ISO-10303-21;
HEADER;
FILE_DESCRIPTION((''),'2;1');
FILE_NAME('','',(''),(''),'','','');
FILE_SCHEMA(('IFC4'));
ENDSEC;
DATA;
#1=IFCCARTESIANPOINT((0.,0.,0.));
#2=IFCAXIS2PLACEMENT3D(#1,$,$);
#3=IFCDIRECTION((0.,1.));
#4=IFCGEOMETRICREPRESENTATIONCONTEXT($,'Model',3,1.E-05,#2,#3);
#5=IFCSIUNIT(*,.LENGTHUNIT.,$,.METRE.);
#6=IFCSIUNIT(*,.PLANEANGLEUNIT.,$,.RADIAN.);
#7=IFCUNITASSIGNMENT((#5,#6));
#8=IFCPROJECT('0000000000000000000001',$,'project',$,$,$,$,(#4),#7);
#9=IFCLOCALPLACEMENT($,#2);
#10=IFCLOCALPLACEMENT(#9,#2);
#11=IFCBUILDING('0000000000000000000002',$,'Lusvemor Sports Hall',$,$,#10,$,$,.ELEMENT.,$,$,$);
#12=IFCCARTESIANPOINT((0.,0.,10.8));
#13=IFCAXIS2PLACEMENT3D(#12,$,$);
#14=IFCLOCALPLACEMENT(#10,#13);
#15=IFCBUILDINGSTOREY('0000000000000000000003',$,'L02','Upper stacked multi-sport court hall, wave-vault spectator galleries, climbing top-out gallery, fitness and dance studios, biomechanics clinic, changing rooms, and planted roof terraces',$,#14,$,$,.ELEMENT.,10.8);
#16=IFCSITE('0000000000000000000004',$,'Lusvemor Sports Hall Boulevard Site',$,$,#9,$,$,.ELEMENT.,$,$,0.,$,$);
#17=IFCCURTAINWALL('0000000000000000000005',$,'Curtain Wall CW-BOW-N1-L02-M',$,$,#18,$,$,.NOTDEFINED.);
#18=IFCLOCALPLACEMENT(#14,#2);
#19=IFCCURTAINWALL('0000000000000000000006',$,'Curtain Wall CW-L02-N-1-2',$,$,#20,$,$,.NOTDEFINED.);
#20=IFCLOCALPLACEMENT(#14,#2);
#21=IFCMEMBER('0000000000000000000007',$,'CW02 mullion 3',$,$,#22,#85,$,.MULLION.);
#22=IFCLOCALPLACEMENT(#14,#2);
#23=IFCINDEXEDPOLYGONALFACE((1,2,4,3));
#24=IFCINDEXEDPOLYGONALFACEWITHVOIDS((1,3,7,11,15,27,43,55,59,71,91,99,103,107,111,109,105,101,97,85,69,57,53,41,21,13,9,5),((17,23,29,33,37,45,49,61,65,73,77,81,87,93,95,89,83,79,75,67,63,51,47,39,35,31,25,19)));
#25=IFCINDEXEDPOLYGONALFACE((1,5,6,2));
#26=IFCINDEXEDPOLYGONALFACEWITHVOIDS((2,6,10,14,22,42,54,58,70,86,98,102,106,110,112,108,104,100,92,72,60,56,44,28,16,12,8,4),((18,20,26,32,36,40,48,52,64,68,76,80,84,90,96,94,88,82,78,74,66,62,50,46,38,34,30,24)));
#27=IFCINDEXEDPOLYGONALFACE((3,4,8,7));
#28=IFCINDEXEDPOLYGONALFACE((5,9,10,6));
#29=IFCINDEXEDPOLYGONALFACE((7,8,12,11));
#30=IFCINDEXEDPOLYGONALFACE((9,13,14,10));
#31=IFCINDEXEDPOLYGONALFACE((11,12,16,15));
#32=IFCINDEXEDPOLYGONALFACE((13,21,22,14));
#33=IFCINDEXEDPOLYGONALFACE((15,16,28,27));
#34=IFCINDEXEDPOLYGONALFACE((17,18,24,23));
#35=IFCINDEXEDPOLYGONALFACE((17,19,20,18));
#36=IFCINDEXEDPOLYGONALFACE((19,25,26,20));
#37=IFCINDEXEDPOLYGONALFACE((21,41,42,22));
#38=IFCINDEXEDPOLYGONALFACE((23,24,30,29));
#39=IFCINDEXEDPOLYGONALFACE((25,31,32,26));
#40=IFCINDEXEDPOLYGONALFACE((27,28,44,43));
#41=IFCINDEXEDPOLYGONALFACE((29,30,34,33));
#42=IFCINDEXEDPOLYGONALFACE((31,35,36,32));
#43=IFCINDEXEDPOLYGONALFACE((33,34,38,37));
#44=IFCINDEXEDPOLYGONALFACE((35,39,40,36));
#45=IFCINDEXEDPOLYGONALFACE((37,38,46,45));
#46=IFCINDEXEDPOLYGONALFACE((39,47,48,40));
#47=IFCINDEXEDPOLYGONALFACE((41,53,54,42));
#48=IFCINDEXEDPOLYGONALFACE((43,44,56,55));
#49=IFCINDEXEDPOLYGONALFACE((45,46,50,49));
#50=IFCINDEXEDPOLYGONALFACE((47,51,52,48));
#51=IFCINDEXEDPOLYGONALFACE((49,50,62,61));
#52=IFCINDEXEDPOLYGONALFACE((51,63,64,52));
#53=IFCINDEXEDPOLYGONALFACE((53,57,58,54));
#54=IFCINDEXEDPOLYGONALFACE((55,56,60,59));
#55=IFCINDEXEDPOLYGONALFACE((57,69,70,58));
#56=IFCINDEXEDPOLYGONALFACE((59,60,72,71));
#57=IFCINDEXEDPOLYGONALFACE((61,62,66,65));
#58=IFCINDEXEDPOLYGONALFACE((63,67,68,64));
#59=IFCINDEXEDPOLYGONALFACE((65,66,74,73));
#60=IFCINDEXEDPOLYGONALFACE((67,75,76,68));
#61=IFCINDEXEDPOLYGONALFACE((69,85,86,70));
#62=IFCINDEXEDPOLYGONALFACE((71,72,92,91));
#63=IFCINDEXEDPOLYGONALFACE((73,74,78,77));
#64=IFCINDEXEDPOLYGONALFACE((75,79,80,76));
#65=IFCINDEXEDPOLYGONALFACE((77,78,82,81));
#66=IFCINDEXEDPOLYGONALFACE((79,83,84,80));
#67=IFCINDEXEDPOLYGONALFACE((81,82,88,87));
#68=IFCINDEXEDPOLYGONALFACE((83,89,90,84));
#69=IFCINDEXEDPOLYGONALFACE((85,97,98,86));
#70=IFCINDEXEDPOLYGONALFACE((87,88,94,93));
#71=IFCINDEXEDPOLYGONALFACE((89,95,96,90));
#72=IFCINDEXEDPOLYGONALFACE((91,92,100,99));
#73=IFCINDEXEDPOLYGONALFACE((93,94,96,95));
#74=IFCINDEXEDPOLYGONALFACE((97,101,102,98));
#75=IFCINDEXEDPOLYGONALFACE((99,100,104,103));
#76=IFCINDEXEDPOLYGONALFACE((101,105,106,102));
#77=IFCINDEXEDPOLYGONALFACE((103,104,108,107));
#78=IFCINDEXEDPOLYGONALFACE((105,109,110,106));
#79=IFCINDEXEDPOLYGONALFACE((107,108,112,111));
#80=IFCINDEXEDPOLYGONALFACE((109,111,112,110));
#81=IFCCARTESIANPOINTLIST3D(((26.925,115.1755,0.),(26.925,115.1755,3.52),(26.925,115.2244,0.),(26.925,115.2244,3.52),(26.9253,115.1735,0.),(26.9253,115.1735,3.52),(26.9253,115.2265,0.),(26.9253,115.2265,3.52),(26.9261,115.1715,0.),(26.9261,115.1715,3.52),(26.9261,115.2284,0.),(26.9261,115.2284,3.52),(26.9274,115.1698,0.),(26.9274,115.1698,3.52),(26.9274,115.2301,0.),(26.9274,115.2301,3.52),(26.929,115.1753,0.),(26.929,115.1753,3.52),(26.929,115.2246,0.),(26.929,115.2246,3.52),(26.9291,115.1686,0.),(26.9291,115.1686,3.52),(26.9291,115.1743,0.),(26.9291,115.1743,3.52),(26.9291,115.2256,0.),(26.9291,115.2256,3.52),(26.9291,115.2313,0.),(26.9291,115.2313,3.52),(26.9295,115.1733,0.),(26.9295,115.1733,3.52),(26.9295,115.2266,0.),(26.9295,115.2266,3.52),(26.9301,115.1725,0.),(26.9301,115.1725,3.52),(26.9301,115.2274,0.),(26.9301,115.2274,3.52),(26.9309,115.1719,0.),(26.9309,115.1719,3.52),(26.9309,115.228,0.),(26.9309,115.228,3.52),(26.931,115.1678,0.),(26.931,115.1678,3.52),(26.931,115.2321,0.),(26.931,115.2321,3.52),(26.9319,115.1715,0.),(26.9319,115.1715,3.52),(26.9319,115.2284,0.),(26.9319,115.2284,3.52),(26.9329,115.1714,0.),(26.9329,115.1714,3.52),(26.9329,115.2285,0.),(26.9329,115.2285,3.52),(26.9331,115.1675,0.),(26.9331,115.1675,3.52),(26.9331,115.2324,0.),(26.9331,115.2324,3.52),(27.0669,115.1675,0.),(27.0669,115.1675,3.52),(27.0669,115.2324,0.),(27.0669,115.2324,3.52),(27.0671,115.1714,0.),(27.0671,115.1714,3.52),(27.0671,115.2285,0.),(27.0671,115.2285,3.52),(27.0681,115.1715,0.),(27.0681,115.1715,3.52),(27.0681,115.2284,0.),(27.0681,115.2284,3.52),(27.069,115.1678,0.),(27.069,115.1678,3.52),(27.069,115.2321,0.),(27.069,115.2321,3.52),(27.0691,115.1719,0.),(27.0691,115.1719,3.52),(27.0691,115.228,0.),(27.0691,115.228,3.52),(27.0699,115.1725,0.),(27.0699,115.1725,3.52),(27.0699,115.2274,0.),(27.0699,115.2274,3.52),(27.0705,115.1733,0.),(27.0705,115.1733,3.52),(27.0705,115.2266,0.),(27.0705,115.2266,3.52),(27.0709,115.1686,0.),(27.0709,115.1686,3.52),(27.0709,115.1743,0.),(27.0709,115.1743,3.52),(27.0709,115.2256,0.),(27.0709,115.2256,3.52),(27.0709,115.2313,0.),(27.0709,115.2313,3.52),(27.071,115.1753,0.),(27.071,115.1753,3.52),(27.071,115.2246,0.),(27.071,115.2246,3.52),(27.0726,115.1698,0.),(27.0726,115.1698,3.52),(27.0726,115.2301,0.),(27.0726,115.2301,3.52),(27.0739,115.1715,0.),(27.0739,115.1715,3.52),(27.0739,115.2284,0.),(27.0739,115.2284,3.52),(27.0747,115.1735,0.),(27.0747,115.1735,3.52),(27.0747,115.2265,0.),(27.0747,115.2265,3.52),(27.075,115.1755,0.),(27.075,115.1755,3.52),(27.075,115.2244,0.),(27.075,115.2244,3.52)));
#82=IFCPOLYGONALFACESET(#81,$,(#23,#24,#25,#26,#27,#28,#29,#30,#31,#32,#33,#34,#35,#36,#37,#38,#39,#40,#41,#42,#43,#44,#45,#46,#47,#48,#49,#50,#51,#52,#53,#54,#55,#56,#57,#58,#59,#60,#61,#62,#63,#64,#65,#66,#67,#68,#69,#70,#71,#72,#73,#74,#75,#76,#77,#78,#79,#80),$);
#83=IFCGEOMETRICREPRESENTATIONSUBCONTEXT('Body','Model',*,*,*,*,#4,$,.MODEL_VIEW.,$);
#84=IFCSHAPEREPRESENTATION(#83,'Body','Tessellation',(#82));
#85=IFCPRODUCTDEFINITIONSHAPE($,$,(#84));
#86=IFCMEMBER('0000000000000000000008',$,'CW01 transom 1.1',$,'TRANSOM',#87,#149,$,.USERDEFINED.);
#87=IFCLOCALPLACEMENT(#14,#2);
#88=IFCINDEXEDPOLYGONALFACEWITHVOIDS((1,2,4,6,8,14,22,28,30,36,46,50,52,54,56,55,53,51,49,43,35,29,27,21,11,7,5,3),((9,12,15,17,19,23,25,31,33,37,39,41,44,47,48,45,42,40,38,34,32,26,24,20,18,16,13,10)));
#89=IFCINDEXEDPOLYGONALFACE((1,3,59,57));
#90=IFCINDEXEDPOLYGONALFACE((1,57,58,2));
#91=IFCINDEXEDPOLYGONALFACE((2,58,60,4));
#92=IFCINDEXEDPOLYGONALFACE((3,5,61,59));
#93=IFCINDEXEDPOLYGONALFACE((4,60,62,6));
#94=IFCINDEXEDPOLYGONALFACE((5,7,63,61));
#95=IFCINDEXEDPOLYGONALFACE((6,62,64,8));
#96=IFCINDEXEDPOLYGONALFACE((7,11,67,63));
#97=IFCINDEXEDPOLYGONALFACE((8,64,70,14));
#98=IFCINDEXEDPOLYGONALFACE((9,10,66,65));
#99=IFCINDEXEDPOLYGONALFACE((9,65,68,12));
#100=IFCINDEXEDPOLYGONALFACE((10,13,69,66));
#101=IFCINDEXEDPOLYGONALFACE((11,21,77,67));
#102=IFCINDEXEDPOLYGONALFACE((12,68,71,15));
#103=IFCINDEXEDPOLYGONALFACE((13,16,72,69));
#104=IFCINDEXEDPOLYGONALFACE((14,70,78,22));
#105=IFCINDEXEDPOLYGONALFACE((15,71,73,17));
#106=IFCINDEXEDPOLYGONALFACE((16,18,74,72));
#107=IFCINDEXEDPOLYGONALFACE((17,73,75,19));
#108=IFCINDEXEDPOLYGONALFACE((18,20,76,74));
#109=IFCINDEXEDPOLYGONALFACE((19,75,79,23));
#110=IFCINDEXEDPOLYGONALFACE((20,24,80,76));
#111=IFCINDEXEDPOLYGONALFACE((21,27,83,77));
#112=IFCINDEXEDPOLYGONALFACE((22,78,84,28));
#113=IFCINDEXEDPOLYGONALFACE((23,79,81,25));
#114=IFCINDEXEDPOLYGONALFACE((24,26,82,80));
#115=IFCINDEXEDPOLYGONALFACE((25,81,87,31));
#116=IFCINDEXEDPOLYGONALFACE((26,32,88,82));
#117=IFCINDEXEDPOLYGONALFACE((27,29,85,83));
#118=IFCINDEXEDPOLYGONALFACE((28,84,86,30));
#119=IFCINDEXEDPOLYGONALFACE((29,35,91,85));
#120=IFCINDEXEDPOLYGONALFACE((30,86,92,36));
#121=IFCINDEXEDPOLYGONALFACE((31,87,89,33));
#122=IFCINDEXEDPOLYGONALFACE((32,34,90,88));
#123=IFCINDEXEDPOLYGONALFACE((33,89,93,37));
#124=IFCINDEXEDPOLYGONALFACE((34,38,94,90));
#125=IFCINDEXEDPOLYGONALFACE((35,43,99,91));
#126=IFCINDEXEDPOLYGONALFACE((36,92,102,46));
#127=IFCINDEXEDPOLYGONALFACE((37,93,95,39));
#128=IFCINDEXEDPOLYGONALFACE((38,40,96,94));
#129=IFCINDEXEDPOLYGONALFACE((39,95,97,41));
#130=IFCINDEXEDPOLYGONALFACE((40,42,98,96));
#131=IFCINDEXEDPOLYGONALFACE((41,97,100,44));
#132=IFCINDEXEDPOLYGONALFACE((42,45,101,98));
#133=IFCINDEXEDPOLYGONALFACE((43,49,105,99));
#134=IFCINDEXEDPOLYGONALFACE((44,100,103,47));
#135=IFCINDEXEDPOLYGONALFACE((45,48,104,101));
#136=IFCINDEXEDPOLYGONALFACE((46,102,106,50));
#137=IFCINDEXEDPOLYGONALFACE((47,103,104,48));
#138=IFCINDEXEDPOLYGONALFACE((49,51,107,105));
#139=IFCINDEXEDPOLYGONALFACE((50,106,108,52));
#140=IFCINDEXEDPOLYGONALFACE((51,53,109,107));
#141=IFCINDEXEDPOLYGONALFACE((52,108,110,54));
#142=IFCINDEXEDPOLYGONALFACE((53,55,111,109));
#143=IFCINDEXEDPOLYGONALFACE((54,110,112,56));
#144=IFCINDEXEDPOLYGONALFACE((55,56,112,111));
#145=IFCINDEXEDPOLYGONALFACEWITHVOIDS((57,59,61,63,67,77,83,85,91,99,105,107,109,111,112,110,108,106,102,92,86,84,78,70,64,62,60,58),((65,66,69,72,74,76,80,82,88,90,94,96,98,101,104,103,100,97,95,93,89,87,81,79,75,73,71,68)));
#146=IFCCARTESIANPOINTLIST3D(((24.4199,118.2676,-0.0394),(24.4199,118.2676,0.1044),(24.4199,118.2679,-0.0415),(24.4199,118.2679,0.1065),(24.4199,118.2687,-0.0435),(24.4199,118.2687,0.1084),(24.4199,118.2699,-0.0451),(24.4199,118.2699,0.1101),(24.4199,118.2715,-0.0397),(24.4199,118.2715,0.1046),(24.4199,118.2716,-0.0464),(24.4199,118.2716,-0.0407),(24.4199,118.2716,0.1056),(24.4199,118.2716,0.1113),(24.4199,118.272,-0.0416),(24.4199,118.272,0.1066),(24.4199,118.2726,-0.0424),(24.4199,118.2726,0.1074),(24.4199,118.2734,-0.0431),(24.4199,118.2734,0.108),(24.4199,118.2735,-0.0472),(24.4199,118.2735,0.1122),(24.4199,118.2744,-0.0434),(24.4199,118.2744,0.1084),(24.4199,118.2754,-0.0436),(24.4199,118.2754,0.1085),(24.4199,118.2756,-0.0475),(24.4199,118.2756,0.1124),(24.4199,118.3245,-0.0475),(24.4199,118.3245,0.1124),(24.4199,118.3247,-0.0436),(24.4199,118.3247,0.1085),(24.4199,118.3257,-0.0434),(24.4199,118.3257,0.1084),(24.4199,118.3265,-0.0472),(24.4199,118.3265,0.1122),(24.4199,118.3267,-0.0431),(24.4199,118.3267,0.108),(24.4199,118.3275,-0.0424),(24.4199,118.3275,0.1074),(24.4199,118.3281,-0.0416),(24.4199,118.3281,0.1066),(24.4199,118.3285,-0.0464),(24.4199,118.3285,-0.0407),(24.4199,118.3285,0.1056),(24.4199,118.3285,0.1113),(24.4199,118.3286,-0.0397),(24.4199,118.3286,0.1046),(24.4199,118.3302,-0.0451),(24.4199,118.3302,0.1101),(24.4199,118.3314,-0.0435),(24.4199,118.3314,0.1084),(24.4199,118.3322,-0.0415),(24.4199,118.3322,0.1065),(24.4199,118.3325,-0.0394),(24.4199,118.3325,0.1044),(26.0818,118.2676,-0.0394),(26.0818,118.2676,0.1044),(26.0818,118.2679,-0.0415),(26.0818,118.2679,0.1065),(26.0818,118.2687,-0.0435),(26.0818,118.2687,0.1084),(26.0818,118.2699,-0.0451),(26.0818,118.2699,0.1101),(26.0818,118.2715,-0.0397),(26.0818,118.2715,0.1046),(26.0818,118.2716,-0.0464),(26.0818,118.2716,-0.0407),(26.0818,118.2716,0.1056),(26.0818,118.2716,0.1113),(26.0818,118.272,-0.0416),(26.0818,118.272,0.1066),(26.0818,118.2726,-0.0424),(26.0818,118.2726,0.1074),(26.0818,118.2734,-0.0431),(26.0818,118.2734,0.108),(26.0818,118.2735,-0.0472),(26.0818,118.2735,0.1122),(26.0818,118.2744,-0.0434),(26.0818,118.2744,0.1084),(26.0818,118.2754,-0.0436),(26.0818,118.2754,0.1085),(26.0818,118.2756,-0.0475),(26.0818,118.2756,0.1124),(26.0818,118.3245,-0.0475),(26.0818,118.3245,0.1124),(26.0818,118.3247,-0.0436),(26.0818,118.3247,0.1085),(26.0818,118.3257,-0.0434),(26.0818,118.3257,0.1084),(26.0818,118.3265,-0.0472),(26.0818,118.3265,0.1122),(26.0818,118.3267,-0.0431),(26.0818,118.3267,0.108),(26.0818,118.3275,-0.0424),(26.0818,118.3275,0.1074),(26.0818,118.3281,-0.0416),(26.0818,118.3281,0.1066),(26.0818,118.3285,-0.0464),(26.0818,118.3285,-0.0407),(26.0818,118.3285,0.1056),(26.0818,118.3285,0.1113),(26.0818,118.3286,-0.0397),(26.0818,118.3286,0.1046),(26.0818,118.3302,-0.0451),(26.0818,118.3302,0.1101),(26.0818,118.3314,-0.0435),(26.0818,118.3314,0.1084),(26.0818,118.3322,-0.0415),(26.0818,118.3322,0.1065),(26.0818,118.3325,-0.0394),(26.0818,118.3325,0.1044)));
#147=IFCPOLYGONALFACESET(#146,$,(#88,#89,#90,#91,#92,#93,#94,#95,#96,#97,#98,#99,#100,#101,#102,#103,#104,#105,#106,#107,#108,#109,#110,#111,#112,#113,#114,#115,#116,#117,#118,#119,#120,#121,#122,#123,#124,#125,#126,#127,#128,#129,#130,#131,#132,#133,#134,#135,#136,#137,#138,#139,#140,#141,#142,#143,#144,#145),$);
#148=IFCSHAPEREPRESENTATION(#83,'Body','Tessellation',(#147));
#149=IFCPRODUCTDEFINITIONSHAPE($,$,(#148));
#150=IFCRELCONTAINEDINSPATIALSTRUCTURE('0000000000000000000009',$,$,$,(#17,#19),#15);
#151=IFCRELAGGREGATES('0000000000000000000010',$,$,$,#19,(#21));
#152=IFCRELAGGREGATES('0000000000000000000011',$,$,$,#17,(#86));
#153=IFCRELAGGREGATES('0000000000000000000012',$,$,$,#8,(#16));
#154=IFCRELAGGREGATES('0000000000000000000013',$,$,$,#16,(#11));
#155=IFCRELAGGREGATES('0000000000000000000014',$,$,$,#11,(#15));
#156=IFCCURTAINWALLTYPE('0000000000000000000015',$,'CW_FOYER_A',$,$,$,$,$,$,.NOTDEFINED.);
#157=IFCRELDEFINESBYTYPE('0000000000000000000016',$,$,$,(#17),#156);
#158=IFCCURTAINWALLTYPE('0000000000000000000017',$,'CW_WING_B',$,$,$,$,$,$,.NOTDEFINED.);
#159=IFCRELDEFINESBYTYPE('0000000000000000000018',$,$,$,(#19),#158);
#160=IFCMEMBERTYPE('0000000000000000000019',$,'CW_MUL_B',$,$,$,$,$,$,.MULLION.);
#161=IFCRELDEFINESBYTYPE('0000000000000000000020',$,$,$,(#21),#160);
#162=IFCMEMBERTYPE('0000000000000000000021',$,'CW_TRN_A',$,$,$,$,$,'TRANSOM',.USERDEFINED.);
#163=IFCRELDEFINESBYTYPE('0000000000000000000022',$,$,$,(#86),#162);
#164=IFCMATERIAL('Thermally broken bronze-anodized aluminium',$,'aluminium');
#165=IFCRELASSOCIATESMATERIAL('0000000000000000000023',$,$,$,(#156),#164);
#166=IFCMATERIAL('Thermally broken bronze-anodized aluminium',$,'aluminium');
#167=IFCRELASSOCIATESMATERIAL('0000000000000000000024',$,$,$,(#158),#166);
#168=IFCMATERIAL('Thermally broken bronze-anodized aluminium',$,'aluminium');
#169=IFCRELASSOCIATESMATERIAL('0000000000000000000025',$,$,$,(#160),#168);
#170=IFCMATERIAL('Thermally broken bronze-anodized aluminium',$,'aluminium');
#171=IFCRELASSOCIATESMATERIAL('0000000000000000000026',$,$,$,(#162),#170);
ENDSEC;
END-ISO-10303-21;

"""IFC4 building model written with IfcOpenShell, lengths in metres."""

from ifc_helpers import new_model, si_unit, direction, frame, origin, origin_2d, place, context, subcontext, project, spatial, hollow_rectangle, extrude, material, material_profile, profile_set, type_object, element, aggregate, save


model = new_model("IFC4")

# Units and contexts
model_context = context("Model", 3, precision=1e-05, world=origin(), true_north=direction((0.0, 1.0)))
body_context = subcontext(model_context, "Body", "Model", "MODEL_VIEW")
ifc_project = project(units=[si_unit("LENGTHUNIT", "METRE"), si_unit("PLANEANGLEUNIT", "RADIAN")], contexts=[model_context])

# Site, building, storey
site_placement = place(None, origin())
site = spatial("IfcSite", under=ifc_project, at=site_placement, Name="Lusvemor Sports Hall Boulevard Site", CompositionType="ELEMENT", RefElevation=0.0)
building_placement = place(site_placement, origin())
building = spatial("IfcBuilding", under=site, at=building_placement, Name="Lusvemor Sports Hall", CompositionType="ELEMENT")
storey_placement = place(building_placement, frame((0.0, 0.0, 10.8)))
storey = spatial("IfcBuildingStorey", under=building, at=storey_placement, Name="L02", Description="Upper stacked multi-sport court hall, wave-vault spectator galleries, climbing top-out gallery, fitness and dance studios, biomechanics clinic, changing rooms, and planted roof terraces", CompositionType="ELEMENT", Elevation=10.8)

# Curtain wall
ifc_material_1 = material(Name="Thermally broken bronze-anodized aluminium", Category="aluminium")
curtain_wall_type_1 = type_object("IfcCurtainWallType", Name="CW_FOYER_A", PredefinedType="NOTDEFINED", material=ifc_material_1)
curtain_wall_1_placement = place(storey_placement, origin())
curtain_wall_1 = element("IfcCurtainWall", 1, at=curtain_wall_1_placement, inside=storey, type_object=curtain_wall_type_1, Name="Curtain Wall CW-BOW-N1-L02-M", PredefinedType="NOTDEFINED")

# Curtain wall, member
ifc_material_2 = material(Name="Thermally broken bronze-anodized aluminium", Category="aluminium")
curtain_wall_type_2 = type_object("IfcCurtainWallType", Name="CW_WING_B", PredefinedType="NOTDEFINED", material=ifc_material_2)
curtain_wall_2_placement = place(storey_placement, origin())
curtain_wall_2 = element("IfcCurtainWall", 2, at=curtain_wall_2_placement, inside=storey, type_object=curtain_wall_type_2, Name="Curtain Wall CW-L02-N-1-2", PredefinedType="NOTDEFINED")
ifc_material_3 = material(Name="Thermally broken bronze-anodized aluminium", Category="aluminium")
ifc_material_profile_1 = material_profile(ifc_material_3, hollow_rectangle(XDim=0.0649, YDim=0.1499, WallThickness=0.0039, InnerFilletRadius=0.0039, OuterFilletRadius=0.0081, at=origin_2d()), Name="CWMUL150x65x4")
ifc_profile_set_1 = profile_set([ifc_material_profile_1], Name="Thermally broken bronze-anodized aluminium")
member_type_1 = type_object("IfcMemberType", Name="CW_MUL_B", PredefinedType="MULLION", material=ifc_profile_set_1)
member_1_placement = place(storey_placement, frame((27.0, 115.2, 0.0), z_axis=(0.0, 0.0, 1.0), x_axis=(0.0, 1.0, 0.0)))
member_1 = element("IfcMember", 3, at=member_1_placement, type_object=member_type_1, Name="CW02 mullion 3", PredefinedType="MULLION", context=body_context, shape_type="SweptSolid", body=[
    extrude(hollow_rectangle(XDim=0.0649, YDim=0.1499, WallThickness=0.0039, InnerFilletRadius=0.0039, OuterFilletRadius=0.0081, at=origin_2d()), origin(), (0.0, 0.0, 1.0), 3.52),
])

# Member
ifc_material_4 = material(Name="Thermally broken bronze-anodized aluminium", Category="aluminium")
ifc_material_profile_2 = material_profile(ifc_material_4, hollow_rectangle(XDim=0.0649, YDim=0.1599, WallThickness=0.0039, InnerFilletRadius=0.0039, OuterFilletRadius=0.0081, at=origin_2d()), Name="CWTRN160x65x4")
ifc_profile_set_2 = profile_set([ifc_material_profile_2], Name="Thermally broken bronze-anodized aluminium")
member_type_2 = type_object("IfcMemberType", Name="CW_TRN_A", ElementType="TRANSOM", PredefinedType="USERDEFINED", material=ifc_profile_set_2)
member_2_placement = place(storey_placement, frame((24.4199, 118.3, 0.0325), z_axis=(1.0, 0.0, 0.0), x_axis=(0.0, 1.0, 0.0)))
member_2 = element("IfcMember", 4, at=member_2_placement, type_object=member_type_2, Name="CW01 transom 1.1", ObjectType="TRANSOM", PredefinedType="USERDEFINED", context=body_context, shape_type="SweptSolid", body=[
    extrude(hollow_rectangle(XDim=0.0649, YDim=0.1599, WallThickness=0.0039, InnerFilletRadius=0.0039, OuterFilletRadius=0.0081, at=origin_2d()), origin(), (0.0, 0.0, 1.0), 1.6619),
])

aggregate(curtain_wall_2, [member_1])
aggregate(curtain_wall_1, [member_2])

save(model, "model.ifc")
